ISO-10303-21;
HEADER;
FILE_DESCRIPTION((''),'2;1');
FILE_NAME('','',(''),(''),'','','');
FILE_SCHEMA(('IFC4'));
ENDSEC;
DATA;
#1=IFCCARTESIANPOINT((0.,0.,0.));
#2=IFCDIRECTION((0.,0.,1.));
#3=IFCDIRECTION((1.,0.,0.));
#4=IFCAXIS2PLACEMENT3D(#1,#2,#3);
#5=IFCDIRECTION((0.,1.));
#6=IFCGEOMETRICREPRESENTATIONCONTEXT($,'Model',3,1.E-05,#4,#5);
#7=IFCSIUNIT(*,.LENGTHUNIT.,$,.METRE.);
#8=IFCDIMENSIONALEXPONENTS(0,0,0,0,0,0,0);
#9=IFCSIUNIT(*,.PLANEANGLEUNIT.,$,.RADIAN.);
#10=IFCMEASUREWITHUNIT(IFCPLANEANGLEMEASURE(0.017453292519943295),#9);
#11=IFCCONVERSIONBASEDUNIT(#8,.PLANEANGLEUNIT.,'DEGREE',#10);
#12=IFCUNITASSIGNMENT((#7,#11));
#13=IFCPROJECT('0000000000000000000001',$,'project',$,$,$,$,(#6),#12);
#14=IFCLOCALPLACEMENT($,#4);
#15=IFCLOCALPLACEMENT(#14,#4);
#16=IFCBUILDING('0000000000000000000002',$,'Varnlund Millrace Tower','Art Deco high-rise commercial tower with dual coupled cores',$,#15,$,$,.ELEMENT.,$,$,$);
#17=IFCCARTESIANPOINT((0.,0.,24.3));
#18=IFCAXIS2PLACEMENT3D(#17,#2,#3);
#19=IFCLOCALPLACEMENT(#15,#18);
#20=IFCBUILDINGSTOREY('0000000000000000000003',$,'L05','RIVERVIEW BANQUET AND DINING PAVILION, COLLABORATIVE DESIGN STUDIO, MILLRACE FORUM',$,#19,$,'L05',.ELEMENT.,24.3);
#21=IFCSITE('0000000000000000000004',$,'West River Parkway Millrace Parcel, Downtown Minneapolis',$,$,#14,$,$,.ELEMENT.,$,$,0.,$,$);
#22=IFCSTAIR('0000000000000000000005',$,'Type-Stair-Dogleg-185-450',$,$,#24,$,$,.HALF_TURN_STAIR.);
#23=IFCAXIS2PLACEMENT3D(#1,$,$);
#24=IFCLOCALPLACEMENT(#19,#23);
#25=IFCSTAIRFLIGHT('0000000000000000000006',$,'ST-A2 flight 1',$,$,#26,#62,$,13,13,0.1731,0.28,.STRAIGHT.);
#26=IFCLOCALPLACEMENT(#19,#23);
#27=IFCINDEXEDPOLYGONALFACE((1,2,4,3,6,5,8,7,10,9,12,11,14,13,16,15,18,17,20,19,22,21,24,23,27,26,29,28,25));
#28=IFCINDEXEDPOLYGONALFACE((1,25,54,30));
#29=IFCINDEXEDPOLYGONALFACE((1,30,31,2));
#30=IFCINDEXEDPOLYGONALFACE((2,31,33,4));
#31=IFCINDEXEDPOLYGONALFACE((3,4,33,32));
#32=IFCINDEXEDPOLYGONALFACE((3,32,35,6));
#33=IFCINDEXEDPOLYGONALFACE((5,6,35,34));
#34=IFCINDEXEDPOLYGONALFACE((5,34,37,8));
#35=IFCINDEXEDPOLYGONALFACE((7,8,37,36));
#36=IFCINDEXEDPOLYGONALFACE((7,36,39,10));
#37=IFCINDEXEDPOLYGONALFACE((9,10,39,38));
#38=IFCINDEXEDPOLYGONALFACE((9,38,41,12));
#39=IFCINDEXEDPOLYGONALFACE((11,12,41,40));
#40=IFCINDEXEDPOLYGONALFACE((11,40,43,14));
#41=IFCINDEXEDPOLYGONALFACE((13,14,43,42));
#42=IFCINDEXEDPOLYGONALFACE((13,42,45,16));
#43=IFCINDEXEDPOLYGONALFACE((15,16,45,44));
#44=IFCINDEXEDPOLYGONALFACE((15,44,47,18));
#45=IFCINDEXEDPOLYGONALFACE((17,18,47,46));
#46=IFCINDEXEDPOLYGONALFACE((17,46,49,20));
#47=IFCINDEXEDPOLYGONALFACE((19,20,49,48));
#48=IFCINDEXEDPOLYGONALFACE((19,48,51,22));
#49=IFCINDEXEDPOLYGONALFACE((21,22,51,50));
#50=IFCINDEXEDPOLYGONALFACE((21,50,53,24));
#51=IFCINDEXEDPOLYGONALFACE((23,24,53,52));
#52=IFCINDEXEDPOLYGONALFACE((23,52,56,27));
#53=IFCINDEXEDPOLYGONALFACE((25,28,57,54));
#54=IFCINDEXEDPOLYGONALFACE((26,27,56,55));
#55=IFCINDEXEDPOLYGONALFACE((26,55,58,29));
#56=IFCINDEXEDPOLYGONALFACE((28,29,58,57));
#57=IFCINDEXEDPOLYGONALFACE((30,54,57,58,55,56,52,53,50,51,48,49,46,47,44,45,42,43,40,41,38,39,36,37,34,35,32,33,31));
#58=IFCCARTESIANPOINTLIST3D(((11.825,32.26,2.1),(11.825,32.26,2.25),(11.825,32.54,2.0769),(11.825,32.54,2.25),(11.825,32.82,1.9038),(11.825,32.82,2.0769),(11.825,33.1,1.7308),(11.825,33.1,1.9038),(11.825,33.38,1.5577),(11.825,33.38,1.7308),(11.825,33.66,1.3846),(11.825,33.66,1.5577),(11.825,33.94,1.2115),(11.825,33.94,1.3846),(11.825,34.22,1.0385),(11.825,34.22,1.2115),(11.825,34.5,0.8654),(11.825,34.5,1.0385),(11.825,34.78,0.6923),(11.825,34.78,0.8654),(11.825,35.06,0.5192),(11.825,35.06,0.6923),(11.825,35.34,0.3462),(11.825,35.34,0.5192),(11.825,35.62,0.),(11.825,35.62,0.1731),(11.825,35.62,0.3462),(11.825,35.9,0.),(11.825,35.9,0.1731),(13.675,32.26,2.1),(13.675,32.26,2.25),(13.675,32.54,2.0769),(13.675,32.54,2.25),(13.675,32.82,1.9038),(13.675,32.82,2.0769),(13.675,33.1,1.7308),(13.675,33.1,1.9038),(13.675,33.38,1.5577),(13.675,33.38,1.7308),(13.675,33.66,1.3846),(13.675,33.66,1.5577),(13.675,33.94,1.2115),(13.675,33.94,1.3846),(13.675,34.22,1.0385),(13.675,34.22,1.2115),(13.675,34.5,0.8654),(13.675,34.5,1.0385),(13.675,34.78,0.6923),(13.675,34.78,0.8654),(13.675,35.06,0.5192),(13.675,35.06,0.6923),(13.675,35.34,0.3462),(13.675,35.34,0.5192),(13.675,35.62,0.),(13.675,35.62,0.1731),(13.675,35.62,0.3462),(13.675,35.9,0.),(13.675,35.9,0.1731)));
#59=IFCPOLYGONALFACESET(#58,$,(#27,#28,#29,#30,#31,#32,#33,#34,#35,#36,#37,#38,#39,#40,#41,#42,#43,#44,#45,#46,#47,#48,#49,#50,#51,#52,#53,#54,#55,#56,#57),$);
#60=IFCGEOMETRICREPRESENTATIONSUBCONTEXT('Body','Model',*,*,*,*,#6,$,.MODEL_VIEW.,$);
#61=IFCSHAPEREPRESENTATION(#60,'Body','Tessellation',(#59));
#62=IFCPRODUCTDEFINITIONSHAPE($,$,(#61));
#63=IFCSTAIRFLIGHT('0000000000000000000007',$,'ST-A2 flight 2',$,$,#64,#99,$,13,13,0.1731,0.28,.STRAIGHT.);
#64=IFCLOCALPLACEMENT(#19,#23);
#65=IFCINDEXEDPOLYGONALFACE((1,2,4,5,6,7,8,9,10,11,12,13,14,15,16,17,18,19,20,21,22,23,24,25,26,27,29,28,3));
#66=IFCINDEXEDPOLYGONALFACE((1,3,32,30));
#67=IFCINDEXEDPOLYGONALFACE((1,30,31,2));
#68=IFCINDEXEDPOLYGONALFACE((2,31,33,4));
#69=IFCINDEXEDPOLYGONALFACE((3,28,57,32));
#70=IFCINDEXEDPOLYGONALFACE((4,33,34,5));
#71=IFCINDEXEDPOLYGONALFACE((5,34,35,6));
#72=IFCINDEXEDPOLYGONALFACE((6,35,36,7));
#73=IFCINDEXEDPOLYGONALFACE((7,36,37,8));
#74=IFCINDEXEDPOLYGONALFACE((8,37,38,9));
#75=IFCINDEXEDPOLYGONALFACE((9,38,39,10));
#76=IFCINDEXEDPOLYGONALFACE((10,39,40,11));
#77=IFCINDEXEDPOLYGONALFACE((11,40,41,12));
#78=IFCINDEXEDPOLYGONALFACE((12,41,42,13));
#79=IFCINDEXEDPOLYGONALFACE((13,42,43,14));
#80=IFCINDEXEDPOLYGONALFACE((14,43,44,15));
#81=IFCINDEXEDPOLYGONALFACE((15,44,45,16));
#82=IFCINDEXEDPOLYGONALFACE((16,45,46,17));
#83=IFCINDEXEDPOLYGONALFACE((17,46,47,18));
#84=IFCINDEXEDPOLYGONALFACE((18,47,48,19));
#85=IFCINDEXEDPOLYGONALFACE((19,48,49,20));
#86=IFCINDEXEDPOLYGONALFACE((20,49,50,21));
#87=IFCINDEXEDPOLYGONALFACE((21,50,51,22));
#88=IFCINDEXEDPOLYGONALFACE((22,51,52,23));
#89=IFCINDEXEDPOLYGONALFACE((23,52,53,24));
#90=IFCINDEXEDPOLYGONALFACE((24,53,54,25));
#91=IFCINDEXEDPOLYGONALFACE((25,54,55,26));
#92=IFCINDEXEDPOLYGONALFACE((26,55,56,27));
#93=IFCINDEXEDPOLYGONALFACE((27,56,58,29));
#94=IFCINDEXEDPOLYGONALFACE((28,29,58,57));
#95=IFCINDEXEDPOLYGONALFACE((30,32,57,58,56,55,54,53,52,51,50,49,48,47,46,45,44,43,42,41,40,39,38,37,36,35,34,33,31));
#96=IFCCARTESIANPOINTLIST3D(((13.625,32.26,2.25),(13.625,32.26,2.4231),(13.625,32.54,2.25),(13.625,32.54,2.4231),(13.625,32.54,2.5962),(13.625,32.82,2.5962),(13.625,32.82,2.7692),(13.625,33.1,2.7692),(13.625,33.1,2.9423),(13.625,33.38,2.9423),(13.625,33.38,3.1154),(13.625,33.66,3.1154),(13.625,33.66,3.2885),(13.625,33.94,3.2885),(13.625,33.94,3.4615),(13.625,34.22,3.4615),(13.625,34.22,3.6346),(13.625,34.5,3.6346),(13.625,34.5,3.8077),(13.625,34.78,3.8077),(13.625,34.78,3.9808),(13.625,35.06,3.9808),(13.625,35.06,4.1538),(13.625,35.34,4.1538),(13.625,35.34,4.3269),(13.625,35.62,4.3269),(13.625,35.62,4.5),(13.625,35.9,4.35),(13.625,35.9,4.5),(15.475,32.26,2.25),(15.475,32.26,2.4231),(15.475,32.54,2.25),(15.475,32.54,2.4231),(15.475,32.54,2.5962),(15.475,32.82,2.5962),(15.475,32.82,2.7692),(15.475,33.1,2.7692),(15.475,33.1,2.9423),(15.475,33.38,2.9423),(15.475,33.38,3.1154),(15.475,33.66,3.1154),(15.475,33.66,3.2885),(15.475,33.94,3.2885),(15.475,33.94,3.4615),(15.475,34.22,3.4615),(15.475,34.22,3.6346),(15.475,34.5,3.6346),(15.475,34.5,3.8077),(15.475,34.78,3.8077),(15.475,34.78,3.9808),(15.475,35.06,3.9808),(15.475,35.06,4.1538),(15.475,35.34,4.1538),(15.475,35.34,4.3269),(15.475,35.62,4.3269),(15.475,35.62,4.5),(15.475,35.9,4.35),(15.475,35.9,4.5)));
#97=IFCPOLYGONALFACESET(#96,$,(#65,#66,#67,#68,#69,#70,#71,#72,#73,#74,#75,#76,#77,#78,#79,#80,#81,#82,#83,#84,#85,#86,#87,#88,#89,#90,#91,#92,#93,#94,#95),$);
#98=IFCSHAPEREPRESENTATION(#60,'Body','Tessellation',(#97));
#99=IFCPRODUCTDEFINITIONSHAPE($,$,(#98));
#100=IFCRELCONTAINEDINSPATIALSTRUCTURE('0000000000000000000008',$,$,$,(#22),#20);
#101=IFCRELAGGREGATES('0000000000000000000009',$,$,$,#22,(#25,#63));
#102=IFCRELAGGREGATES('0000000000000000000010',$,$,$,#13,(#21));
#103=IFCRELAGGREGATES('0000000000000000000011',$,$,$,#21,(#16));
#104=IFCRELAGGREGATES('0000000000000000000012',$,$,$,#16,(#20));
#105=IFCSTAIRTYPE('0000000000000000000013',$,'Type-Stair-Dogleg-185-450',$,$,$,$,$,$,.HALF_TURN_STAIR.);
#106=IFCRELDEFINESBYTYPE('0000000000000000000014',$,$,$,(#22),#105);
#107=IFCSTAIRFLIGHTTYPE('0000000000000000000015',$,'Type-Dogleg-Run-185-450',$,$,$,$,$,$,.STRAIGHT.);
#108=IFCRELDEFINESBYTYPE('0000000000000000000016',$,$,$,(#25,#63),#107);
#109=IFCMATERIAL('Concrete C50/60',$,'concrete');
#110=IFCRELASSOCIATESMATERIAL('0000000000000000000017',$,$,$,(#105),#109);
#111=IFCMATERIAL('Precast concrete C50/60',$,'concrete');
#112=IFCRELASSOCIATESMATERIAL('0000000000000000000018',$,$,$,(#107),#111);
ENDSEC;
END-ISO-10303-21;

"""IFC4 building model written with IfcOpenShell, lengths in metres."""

from ifc_helpers import new_model, entity, si_unit, converted_unit, direction, frame, origin_with_axes, place, context, subcontext, project, spatial, polyline, outline, extrude, material, type_object, element, aggregate, save


model = new_model("IFC4")

# Units and contexts
model_context = context("Model", 3, precision=1e-05, world=origin_with_axes(), true_north=direction((0.0, 1.0)))
body_context = subcontext(model_context, "Body", "Model", "MODEL_VIEW")
ifc_project = project(units=[si_unit("LENGTHUNIT", "METRE"), converted_unit("PLANEANGLEUNIT", "DEGREE", entity("IfcPlaneAngleMeasure", 0.017453292519943295), si_unit("PLANEANGLEUNIT", "RADIAN"), dimensions=[0, 0, 0, 0, 0, 0, 0])], contexts=[model_context])

# Site, building, storey
site_placement = place(None, origin_with_axes())
site = spatial("IfcSite", under=ifc_project, at=site_placement, Name="West River Parkway Millrace Parcel, Downtown Minneapolis", CompositionType="ELEMENT", RefElevation=0.0)
building_placement = place(site_placement, origin_with_axes())
building = spatial("IfcBuilding", under=site, at=building_placement, Name="Varnlund Millrace Tower", Description="Art Deco high-rise commercial tower with dual coupled cores", CompositionType="ELEMENT")
storey_placement = place(building_placement, frame((0.0, 0.0, 24.3), z_axis=(0.0, 0.0, 1.0), x_axis=(1.0, 0.0, 0.0)))
storey = spatial("IfcBuildingStorey", under=building, at=storey_placement, Name="L05", Description="RIVERVIEW BANQUET AND DINING PAVILION, COLLABORATIVE DESIGN STUDIO, MILLRACE FORUM", LongName="L05", CompositionType="ELEMENT", Elevation=24.3)

# Stair, stair flights
ifc_material_1 = material(Name="Concrete C50/60", Category="concrete")
stair_type = type_object("IfcStairType", Name="Type-Stair-Dogleg-185-450", PredefinedType="HALF_TURN_STAIR", material=ifc_material_1)
stair_placement = place(storey_placement, origin_with_axes())
stair = element("IfcStair", 1, at=stair_placement, inside=storey, type_object=stair_type, Name="Type-Stair-Dogleg-185-450", PredefinedType="HALF_TURN_STAIR")
ifc_material_2 = material(Name="Precast concrete C50/60", Category="concrete")
stair_flight_type = type_object("IfcStairFlightType", Name="Type-Dogleg-Run-185-450", PredefinedType="STRAIGHT", material=ifc_material_2)
stair_flight_1_placement = place(storey_placement, frame((13.675, 35.9, 0.0), z_axis=(-1.0, 0.0, 0.0), x_axis=(0.0, -1.0, 0.0)))
stair_flight_1 = element("IfcStairFlight", 2, at=stair_flight_1_placement, type_object=stair_flight_type, Name="ST-A2 flight 1", NumberOfRisers=13, NumberOfTreads=13, PredefinedType="STRAIGHT", RiserHeight=0.1731, TreadLength=0.28, context=body_context, shape_type="SweptSolid", body=[
    extrude(outline(polyline([(0.0, 0.0), (0.0, 0.1731), (0.28, 0.1731), (0.28, 0.3462), (0.56, 0.3462), (0.56, 0.5192), (0.84, 0.5192), (0.84, 0.6923), (1.12, 0.6923), (1.12, 0.8654), (1.4, 0.8654), (1.4, 1.0385), (1.68, 1.0385), (1.68, 1.2115), (1.96, 1.2115), (1.96, 1.3846), (2.24, 1.3846), (2.24, 1.5577), (2.52, 1.5577), (2.52, 1.7308), (2.8, 1.7308), (2.8, 1.9038), (3.08, 1.9038), (3.08, 2.0769), (3.36, 2.0769), (3.36, 2.25), (3.64, 2.25), (3.64, 2.1), (0.28, 0.0), (0.0, 0.0)])), origin_with_axes(), (0.0, 0.0, 1.0), 1.85),
])
stair_flight_2_placement = place(storey_placement, frame((13.625, 32.26, 2.25), z_axis=(1.0, 0.0, 0.0), x_axis=(0.0, 1.0, 0.0)))
stair_flight_2 = element("IfcStairFlight", 3, at=stair_flight_2_placement, type_object=stair_flight_type, Name="ST-A2 flight 2", NumberOfRisers=13, NumberOfTreads=13, PredefinedType="STRAIGHT", RiserHeight=0.1731, TreadLength=0.28, context=body_context, shape_type="SweptSolid", body=[
    extrude(outline(polyline([(0.0, 0.0), (0.0, 0.1731), (0.28, 0.1731), (0.28, 0.3462), (0.56, 0.3462), (0.56, 0.5192), (0.84, 0.5192), (0.84, 0.6923), (1.12, 0.6923), (1.12, 0.8654), (1.4, 0.8654), (1.4, 1.0385), (1.68, 1.0385), (1.68, 1.2115), (1.96, 1.2115), (1.96, 1.3846), (2.24, 1.3846), (2.24, 1.5577), (2.52, 1.5577), (2.52, 1.7308), (2.8, 1.7308), (2.8, 1.9038), (3.08, 1.9038), (3.08, 2.0769), (3.36, 2.0769), (3.36, 2.25), (3.64, 2.25), (3.64, 2.1), (0.28, 0.0), (0.0, 0.0)])), origin_with_axes(), (0.0, 0.0, 1.0), 1.85),
])
aggregate(stair, [stair_flight_1, stair_flight_2])

save(model, "model.ifc")
